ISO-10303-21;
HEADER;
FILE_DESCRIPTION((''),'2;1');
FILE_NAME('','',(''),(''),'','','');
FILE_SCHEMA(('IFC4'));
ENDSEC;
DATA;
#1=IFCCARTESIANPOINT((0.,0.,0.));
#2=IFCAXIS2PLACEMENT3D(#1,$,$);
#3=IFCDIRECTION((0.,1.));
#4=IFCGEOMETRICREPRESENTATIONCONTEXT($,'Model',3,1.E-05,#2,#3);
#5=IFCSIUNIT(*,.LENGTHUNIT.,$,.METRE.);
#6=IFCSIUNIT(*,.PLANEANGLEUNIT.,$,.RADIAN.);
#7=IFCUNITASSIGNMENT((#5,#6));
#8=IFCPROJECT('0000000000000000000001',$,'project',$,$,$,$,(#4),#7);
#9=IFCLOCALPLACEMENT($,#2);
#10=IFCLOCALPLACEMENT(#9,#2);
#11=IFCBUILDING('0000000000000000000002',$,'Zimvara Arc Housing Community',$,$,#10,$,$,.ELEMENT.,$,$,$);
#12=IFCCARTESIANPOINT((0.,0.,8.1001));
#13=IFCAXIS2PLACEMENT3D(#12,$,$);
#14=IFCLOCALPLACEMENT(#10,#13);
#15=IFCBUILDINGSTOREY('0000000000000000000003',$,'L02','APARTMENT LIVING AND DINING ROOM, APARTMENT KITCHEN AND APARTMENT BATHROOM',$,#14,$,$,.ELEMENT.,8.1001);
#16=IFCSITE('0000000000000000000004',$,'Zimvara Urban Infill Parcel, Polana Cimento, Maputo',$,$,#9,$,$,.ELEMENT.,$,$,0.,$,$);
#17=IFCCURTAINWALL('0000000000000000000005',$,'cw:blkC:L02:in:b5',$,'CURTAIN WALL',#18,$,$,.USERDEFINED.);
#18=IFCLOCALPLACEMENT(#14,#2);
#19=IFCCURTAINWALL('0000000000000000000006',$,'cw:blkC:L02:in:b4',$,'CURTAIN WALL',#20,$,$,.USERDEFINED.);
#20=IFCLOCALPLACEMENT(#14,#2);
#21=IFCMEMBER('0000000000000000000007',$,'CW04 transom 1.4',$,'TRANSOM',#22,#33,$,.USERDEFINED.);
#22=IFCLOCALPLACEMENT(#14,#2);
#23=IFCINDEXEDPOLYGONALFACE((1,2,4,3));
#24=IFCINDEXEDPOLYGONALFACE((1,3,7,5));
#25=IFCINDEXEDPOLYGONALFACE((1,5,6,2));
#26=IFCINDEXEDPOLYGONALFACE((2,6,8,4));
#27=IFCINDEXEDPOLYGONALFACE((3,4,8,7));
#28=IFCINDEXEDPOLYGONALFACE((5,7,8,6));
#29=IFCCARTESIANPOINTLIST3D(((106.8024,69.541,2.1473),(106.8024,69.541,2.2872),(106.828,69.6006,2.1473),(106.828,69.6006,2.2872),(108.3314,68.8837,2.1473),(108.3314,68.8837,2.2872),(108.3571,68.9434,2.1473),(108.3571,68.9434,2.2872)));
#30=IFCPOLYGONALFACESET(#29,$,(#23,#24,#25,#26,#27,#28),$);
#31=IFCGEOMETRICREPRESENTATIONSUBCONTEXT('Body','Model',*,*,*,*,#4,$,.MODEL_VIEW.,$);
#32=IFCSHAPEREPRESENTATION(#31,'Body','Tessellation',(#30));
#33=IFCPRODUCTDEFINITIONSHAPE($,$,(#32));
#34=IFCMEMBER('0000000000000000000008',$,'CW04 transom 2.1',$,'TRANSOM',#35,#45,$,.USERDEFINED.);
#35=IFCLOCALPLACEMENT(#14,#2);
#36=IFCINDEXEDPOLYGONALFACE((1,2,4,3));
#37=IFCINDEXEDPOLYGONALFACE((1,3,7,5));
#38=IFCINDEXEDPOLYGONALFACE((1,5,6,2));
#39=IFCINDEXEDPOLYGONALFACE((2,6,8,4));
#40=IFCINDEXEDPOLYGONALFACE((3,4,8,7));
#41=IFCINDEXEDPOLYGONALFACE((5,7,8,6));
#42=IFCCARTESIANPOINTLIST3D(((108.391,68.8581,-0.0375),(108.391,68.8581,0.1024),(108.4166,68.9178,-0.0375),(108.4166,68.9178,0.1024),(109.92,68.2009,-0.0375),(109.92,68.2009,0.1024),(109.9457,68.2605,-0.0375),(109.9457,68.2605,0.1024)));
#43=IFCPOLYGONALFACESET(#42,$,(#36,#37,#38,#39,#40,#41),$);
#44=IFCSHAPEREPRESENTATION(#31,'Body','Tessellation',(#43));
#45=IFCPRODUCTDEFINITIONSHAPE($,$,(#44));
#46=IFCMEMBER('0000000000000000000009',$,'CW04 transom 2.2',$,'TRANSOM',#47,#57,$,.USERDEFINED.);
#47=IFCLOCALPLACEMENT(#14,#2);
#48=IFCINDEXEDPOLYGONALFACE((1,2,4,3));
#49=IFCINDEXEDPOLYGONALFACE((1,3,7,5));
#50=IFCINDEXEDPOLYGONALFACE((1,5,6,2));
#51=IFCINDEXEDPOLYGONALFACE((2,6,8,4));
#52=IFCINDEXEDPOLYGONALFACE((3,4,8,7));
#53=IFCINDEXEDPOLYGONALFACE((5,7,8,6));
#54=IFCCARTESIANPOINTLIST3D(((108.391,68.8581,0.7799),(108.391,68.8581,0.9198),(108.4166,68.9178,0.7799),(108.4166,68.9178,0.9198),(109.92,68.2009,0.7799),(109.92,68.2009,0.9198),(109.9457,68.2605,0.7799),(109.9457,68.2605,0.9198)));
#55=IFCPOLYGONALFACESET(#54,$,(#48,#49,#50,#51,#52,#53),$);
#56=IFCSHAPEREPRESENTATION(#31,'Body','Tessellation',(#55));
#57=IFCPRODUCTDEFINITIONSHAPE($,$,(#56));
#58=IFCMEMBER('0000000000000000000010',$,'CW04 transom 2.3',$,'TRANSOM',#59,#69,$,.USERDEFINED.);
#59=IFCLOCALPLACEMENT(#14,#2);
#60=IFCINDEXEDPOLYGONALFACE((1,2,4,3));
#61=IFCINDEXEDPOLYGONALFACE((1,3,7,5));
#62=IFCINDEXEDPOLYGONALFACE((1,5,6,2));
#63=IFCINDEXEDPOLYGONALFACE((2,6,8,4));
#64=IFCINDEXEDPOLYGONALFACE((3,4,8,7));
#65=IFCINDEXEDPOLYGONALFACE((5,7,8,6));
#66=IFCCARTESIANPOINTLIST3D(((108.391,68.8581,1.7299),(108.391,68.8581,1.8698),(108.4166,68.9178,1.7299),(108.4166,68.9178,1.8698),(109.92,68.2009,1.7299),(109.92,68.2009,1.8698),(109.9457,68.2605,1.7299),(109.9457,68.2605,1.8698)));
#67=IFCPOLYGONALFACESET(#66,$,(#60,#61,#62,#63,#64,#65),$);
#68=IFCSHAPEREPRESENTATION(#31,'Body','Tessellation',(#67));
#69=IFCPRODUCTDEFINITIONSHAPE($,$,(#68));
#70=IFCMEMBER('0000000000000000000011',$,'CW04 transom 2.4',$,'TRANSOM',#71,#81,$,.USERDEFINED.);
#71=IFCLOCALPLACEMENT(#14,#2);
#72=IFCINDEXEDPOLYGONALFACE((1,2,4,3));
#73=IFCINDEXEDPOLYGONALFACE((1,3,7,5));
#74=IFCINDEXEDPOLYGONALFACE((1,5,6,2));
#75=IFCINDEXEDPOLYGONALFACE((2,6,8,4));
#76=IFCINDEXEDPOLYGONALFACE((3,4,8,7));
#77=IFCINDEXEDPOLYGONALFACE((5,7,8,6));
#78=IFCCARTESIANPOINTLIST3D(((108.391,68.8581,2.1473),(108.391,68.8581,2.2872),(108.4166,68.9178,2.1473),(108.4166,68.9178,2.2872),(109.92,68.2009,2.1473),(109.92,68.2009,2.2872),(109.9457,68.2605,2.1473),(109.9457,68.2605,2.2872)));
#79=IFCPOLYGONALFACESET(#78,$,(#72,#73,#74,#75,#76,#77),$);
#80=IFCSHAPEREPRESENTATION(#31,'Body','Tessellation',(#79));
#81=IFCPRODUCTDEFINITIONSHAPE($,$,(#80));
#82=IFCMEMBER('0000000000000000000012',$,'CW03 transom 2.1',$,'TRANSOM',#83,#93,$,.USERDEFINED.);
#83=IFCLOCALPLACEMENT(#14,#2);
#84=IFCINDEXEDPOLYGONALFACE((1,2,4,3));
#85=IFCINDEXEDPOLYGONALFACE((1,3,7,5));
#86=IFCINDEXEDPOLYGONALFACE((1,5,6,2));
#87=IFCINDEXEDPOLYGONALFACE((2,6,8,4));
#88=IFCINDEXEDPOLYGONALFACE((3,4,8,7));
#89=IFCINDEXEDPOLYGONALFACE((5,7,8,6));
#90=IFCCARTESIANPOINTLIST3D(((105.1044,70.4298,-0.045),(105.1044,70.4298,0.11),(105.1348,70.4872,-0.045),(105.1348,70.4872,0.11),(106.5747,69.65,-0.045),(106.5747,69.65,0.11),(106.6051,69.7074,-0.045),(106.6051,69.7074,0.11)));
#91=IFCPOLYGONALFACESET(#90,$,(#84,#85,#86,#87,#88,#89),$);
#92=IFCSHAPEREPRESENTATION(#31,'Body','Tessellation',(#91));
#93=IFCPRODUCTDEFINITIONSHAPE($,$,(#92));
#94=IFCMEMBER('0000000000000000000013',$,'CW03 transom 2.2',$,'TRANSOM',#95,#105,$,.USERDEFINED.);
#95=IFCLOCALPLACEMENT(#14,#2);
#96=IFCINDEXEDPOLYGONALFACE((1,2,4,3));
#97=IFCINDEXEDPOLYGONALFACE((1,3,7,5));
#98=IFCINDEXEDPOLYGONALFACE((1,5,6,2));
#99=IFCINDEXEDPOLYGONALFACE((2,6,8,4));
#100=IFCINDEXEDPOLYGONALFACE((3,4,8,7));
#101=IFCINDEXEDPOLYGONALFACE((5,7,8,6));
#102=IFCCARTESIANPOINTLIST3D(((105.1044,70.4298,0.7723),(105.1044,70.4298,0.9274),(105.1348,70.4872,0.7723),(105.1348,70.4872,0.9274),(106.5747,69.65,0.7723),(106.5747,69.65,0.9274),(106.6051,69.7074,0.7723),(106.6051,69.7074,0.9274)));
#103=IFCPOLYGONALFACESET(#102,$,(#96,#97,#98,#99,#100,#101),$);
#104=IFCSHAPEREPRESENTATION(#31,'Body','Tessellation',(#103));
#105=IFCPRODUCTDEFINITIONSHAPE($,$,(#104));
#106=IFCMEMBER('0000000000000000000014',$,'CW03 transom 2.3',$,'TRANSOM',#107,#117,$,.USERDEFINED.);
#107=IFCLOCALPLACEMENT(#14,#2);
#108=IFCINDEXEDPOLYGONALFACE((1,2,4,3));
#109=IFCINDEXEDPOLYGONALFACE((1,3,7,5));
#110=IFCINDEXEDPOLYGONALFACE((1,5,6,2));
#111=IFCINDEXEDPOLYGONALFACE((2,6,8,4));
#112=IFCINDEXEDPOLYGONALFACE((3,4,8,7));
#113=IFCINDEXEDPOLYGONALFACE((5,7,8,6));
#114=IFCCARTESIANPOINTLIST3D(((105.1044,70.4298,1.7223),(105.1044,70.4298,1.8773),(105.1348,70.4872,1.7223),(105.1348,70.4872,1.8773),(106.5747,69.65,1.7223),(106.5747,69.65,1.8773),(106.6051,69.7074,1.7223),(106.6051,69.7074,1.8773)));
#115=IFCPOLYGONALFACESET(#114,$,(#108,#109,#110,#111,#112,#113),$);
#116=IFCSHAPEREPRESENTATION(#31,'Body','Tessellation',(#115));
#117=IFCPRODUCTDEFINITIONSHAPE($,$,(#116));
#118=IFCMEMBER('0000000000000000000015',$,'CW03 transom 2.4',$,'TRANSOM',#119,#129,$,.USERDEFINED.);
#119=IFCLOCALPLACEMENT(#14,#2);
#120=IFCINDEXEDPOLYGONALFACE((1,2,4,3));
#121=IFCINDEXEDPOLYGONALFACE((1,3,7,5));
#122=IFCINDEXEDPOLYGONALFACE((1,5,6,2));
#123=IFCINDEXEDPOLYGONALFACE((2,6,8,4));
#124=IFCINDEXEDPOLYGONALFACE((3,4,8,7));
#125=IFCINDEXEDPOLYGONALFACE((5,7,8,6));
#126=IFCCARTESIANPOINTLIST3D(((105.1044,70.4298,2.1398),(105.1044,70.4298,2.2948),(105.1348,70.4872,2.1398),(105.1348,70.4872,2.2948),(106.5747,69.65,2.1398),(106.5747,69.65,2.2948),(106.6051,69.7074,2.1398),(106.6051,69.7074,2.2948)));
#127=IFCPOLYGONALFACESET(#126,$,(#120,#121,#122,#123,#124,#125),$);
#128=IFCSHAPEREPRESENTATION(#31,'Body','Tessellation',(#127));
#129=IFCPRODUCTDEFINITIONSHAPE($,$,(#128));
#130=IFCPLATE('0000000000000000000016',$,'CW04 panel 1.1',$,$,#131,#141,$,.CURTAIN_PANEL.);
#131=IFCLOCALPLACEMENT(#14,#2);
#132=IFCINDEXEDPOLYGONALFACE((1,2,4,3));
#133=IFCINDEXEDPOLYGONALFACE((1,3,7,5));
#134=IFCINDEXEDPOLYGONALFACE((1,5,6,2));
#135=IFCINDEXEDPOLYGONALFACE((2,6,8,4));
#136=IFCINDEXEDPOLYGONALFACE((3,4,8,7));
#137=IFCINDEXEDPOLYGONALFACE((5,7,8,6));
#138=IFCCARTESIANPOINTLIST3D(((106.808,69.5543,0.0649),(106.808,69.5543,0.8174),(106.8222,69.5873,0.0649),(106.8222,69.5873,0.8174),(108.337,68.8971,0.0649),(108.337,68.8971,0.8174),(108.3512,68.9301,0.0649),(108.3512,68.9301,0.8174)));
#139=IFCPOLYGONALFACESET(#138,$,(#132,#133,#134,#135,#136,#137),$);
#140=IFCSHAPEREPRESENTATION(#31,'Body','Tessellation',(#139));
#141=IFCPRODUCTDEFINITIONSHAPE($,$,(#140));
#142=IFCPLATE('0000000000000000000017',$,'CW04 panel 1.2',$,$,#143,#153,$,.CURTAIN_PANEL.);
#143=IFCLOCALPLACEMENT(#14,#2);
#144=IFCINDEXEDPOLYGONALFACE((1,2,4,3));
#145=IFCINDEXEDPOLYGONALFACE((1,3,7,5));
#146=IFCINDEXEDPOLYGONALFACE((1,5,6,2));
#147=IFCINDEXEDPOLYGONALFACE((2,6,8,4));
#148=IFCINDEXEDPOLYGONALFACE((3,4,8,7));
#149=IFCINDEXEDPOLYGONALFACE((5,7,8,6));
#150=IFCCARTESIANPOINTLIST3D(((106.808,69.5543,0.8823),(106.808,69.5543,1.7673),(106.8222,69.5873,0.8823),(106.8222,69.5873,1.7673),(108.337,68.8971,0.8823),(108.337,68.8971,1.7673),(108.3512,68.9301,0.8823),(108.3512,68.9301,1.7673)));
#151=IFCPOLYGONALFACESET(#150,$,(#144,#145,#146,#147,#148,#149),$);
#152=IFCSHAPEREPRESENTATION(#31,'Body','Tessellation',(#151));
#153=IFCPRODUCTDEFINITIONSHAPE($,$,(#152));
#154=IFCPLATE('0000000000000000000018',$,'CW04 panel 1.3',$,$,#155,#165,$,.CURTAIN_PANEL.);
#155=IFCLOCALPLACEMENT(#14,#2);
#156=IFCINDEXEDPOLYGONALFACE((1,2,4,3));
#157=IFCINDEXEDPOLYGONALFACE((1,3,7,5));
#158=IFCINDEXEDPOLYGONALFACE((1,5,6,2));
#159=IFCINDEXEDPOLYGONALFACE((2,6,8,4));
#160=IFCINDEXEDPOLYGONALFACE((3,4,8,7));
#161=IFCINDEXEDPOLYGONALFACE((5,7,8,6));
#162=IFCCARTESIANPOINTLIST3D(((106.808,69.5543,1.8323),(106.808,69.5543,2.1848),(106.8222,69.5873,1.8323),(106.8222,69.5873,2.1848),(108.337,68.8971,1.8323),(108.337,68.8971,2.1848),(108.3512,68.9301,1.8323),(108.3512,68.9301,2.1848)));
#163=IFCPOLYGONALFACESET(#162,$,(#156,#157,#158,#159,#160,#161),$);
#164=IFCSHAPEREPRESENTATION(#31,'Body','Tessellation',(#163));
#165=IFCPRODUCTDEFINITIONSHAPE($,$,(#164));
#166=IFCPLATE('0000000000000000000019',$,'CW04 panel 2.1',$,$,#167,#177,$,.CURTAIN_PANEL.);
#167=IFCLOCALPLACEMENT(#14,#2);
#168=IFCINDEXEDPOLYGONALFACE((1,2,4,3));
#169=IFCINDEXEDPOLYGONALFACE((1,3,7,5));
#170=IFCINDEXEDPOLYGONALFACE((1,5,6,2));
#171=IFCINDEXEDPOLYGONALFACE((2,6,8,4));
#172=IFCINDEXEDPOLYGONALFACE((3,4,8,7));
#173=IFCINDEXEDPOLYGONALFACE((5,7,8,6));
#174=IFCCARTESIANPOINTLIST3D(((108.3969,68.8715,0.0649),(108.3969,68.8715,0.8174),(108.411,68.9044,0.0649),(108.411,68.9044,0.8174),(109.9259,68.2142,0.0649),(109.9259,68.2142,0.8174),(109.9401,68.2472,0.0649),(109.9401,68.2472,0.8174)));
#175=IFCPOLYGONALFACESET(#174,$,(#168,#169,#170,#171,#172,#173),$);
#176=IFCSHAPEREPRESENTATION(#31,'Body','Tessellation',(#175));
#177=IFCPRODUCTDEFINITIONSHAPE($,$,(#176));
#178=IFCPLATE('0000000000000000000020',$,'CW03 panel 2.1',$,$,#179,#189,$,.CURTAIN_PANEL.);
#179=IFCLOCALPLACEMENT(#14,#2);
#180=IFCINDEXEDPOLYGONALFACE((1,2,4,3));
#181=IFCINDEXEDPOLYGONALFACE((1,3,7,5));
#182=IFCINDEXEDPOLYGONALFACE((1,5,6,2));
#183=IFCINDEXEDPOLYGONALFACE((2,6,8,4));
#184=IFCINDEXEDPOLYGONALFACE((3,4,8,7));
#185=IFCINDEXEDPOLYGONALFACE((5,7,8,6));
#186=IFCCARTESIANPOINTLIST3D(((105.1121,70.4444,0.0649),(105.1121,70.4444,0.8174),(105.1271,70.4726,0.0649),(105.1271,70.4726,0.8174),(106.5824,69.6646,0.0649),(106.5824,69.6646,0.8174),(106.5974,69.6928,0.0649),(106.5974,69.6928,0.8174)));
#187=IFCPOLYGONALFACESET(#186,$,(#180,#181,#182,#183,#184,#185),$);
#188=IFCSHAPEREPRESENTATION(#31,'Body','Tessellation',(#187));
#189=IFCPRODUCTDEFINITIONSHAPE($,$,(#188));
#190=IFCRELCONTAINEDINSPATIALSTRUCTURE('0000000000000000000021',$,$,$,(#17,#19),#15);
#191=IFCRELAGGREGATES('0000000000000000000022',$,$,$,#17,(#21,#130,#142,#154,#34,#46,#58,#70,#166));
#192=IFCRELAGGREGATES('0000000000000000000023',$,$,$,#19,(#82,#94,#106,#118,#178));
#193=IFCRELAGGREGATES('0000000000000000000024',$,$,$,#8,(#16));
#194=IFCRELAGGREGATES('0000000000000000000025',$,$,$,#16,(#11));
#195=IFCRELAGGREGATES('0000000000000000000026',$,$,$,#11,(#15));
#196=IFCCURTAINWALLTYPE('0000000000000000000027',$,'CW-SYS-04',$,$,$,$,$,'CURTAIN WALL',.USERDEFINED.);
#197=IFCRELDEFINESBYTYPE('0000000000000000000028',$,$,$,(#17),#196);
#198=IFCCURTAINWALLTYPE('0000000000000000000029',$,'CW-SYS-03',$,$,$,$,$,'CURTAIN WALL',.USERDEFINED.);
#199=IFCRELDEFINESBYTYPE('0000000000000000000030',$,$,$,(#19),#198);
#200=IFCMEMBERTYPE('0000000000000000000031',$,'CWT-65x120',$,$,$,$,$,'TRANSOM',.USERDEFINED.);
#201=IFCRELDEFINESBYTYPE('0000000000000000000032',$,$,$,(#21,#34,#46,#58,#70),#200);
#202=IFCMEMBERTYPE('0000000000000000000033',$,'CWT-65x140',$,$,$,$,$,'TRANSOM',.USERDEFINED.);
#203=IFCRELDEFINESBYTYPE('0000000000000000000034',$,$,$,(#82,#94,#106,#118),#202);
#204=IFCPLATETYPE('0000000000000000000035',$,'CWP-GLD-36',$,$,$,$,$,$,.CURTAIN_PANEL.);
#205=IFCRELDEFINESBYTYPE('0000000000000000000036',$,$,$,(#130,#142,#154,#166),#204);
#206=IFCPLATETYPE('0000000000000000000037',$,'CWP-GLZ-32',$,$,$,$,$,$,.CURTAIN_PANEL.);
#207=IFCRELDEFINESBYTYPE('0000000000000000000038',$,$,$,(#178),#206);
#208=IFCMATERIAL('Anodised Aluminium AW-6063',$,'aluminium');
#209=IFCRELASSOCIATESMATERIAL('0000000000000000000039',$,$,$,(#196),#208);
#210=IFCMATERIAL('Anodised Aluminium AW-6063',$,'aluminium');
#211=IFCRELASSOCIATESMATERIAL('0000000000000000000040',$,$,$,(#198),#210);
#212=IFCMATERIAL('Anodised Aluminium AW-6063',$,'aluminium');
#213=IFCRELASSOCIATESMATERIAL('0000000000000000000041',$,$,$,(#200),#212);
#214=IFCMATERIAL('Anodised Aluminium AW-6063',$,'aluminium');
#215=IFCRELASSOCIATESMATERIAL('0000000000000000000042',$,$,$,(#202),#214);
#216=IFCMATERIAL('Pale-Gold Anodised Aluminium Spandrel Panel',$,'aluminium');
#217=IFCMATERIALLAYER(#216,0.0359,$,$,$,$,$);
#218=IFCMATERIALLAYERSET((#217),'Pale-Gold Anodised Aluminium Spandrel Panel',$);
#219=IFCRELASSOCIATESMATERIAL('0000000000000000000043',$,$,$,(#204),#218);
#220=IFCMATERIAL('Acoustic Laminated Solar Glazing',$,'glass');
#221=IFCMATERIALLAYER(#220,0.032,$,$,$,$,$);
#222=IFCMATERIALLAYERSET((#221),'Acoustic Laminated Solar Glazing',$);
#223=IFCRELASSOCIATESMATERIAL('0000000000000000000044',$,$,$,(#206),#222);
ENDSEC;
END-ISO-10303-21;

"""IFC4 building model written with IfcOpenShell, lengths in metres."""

from ifc_helpers import new_model, si_unit, direction, frame, origin, origin_2d, place, context, subcontext, project, spatial, rectangle, extrude, material, layer, layer_set, material_profile, profile_set, type_object, element, aggregate, save


model = new_model("IFC4")

# Units and contexts
model_context = context("Model", 3, precision=1e-05, world=origin(), true_north=direction((0.0, 1.0)))
body_context = subcontext(model_context, "Body", "Model", "MODEL_VIEW")
ifc_project = project(units=[si_unit("LENGTHUNIT", "METRE"), si_unit("PLANEANGLEUNIT", "RADIAN")], contexts=[model_context])

# Site, building, storey
site_placement = place(None, origin())
site = spatial("IfcSite", under=ifc_project, at=site_placement, Name="Zimvara Urban Infill Parcel, Polana Cimento, Maputo", CompositionType="ELEMENT", RefElevation=0.0)
building_placement = place(site_placement, origin())
building = spatial("IfcBuilding", under=site, at=building_placement, Name="Zimvara Arc Housing Community", CompositionType="ELEMENT")
storey_placement = place(building_placement, frame((0.0, 0.0, 8.1001)))
storey = spatial("IfcBuildingStorey", under=building, at=storey_placement, Name="L02", Description="APARTMENT LIVING AND DINING ROOM, APARTMENT KITCHEN AND APARTMENT BATHROOM", CompositionType="ELEMENT", Elevation=8.1001)

# Curtain walls
ifc_material_1 = material(Name="Anodised Aluminium AW-6063", Category="aluminium")
curtain_wall_type_1 = type_object("IfcCurtainWallType", Name="CW-SYS-04", ElementType="CURTAIN WALL", PredefinedType="USERDEFINED", material=ifc_material_1)
curtain_wall_1_placement = place(storey_placement, origin())
curtain_wall_1 = element("IfcCurtainWall", 1, at=curtain_wall_1_placement, inside=storey, type_object=curtain_wall_type_1, Name="cw:blkC:L02:in:b5", ObjectType="CURTAIN WALL", PredefinedType="USERDEFINED")
ifc_material_2 = material(Name="Anodised Aluminium AW-6063", Category="aluminium")
curtain_wall_type_2 = type_object("IfcCurtainWallType", Name="CW-SYS-03", ElementType="CURTAIN WALL", PredefinedType="USERDEFINED", material=ifc_material_2)
curtain_wall_2_placement = place(storey_placement, origin())
curtain_wall_2 = element("IfcCurtainWall", 2, at=curtain_wall_2_placement, inside=storey, type_object=curtain_wall_type_2, Name="cw:blkC:L02:in:b4", ObjectType="CURTAIN WALL", PredefinedType="USERDEFINED")

# Members
ifc_material_3 = material(Name="Anodised Aluminium AW-6063", Category="aluminium")
ifc_material_profile_1 = material_profile(ifc_material_3, rectangle(XDim=0.0649, YDim=0.1399, at=origin_2d()), Name="ALU 65x140")
ifc_profile_set_1 = profile_set([ifc_material_profile_1], Name="Anodised Aluminium AW-6063")
member_type_1 = type_object("IfcMemberType", Name="CWT-65x120", ElementType="TRANSOM", PredefinedType="USERDEFINED", material=ifc_profile_set_1)
member_1_placement = place(storey_placement, frame((106.8152, 69.5708, 2.2173), z_axis=(0.918727, -0.394893, 0.0), x_axis=(0.394893, 0.918727, 0.0)))
member_1 = element("IfcMember", 3, at=member_1_placement, type_object=member_type_1, Name="CW04 transom 1.4", ObjectType="TRANSOM", PredefinedType="USERDEFINED", context=body_context, shape_type="SweptSolid", body=[
    extrude(rectangle(XDim=0.0649, YDim=0.1399, at=origin_2d()), origin(), (0.0, 0.0, 1.0), 1.6643),
])
member_2_placement = place(storey_placement, frame((108.4038, 68.8879, 0.0325), z_axis=(0.918727, -0.394893, 0.0), x_axis=(0.394893, 0.918727, 0.0)))
member_2 = element("IfcMember", 4, at=member_2_placement, type_object=member_type_1, Name="CW04 transom 2.1", ObjectType="TRANSOM", PredefinedType="USERDEFINED", context=body_context, shape_type="SweptSolid", body=[
    extrude(rectangle(XDim=0.0649, YDim=0.1399, at=origin_2d()), origin(), (0.0, 0.0, 1.0), 1.6643),
])
member_3_placement = place(storey_placement, frame((108.4038, 68.8879, 0.8499), z_axis=(0.918727, -0.394893, 0.0), x_axis=(0.394893, 0.918727, 0.0)))
member_3 = element("IfcMember", 5, at=member_3_placement, type_object=member_type_1, Name="CW04 transom 2.2", ObjectType="TRANSOM", PredefinedType="USERDEFINED", context=body_context, shape_type="SweptSolid", body=[
    extrude(rectangle(XDim=0.0649, YDim=0.1399, at=origin_2d()), origin(), (0.0, 0.0, 1.0), 1.6643),
])
member_4_placement = place(storey_placement, frame((108.4038, 68.8879, 1.7998), z_axis=(0.918727, -0.394893, 0.0), x_axis=(0.394893, 0.918727, 0.0)))
member_4 = element("IfcMember", 6, at=member_4_placement, type_object=member_type_1, Name="CW04 transom 2.3", ObjectType="TRANSOM", PredefinedType="USERDEFINED", context=body_context, shape_type="SweptSolid", body=[
    extrude(rectangle(XDim=0.0649, YDim=0.1399, at=origin_2d()), origin(), (0.0, 0.0, 1.0), 1.6643),
])
member_5_placement = place(storey_placement, frame((108.4038, 68.8879, 2.2173), z_axis=(0.918727, -0.394893, 0.0), x_axis=(0.394893, 0.918727, 0.0)))
member_5 = element("IfcMember", 7, at=member_5_placement, type_object=member_type_1, Name="CW04 transom 2.4", ObjectType="TRANSOM", PredefinedType="USERDEFINED", context=body_context, shape_type="SweptSolid", body=[
    extrude(rectangle(XDim=0.0649, YDim=0.1399, at=origin_2d()), origin(), (0.0, 0.0, 1.0), 1.6643),
])
ifc_material_4 = material(Name="Anodised Aluminium AW-6063", Category="aluminium")
ifc_material_profile_2 = material_profile(ifc_material_4, rectangle(XDim=0.0649, YDim=0.155, at=origin_2d()), Name="ALU 65x155")
ifc_profile_set_2 = profile_set([ifc_material_profile_2], Name="Anodised Aluminium AW-6063")
member_type_2 = type_object("IfcMemberType", Name="CWT-65x140", ElementType="TRANSOM", PredefinedType="USERDEFINED", material=ifc_profile_set_2)
member_6_placement = place(storey_placement, frame((105.1196, 70.4585, 0.0325), z_axis=(0.883431, -0.468562, 0.0), x_axis=(0.468562, 0.883431, 0.0)))
member_6 = element("IfcMember", 8, at=member_6_placement, type_object=member_type_2, Name="CW03 transom 2.1", ObjectType="TRANSOM", PredefinedType="USERDEFINED", context=body_context, shape_type="SweptSolid", body=[
    extrude(rectangle(XDim=0.0649, YDim=0.155, at=origin_2d()), origin(), (0.0, 0.0, 1.0), 1.6643),
])
member_7_placement = place(storey_placement, frame((105.1196, 70.4585, 0.8499), z_axis=(0.883431, -0.468562, 0.0), x_axis=(0.468562, 0.883431, 0.0)))
member_7 = element("IfcMember", 9, at=member_7_placement, type_object=member_type_2, Name="CW03 transom 2.2", ObjectType="TRANSOM", PredefinedType="USERDEFINED", context=body_context, shape_type="SweptSolid", body=[
    extrude(rectangle(XDim=0.0649, YDim=0.155, at=origin_2d()), origin(), (0.0, 0.0, 1.0), 1.6643),
])
member_8_placement = place(storey_placement, frame((105.1196, 70.4585, 1.7998), z_axis=(0.883431, -0.468562, 0.0), x_axis=(0.468562, 0.883431, 0.0)))
member_8 = element("IfcMember", 10, at=member_8_placement, type_object=member_type_2, Name="CW03 transom 2.3", ObjectType="TRANSOM", PredefinedType="USERDEFINED", context=body_context, shape_type="SweptSolid", body=[
    extrude(rectangle(XDim=0.0649, YDim=0.155, at=origin_2d()), origin(), (0.0, 0.0, 1.0), 1.6643),
])
member_9_placement = place(storey_placement, frame((105.1196, 70.4585, 2.2173), z_axis=(0.883431, -0.468562, 0.0), x_axis=(0.468562, 0.883431, 0.0)))
member_9 = element("IfcMember", 11, at=member_9_placement, type_object=member_type_2, Name="CW03 transom 2.4", ObjectType="TRANSOM", PredefinedType="USERDEFINED", context=body_context, shape_type="SweptSolid", body=[
    extrude(rectangle(XDim=0.0649, YDim=0.155, at=origin_2d()), origin(), (0.0, 0.0, 1.0), 1.6643),
])

# Plates
ifc_material_5 = material(Name="Pale-Gold Anodised Aluminium Spandrel Panel", Category="aluminium")
ifc_layer_1 = layer(ifc_material_5, 0.0359)
ifc_layer_set_1 = layer_set([ifc_layer_1], Name="Pale-Gold Anodised Aluminium Spandrel Panel")
plate_type_1 = type_object("IfcPlateType", Name="CWP-GLD-36", PredefinedType="CURTAIN_PANEL", material=ifc_layer_set_1)
plate_1_placement = place(storey_placement, frame((107.5796, 69.2422, 0.0649), z_axis=(0.0, 0.0, 1.0), x_axis=(0.918722, -0.394904, 0.0)))
plate_1 = element("IfcPlate", 12, at=plate_1_placement, type_object=plate_type_1, Name="CW04 panel 1.1", PredefinedType="CURTAIN_PANEL", context=body_context, shape_type="SweptSolid", body=[
    extrude(rectangle(XDim=1.6643, YDim=0.0359, at=origin_2d()), origin(), (0.0, 0.0, 1.0), 0.7524),
])
plate_2_placement = place(storey_placement, frame((107.5796, 69.2422, 0.8823), z_axis=(0.0, 0.0, 1.0), x_axis=(0.918722, -0.394904, 0.0)))
plate_2 = element("IfcPlate", 13, at=plate_2_placement, type_object=plate_type_1, Name="CW04 panel 1.2", PredefinedType="CURTAIN_PANEL", context=body_context, shape_type="SweptSolid", body=[
    extrude(rectangle(XDim=1.6643, YDim=0.0359, at=origin_2d()), origin(), (0.0, 0.0, 1.0), 0.885),
])
plate_3_placement = place(storey_placement, frame((107.5796, 69.2422, 1.8323), z_axis=(0.0, 0.0, 1.0), x_axis=(0.918722, -0.394904, 0.0)))
plate_3 = element("IfcPlate", 14, at=plate_3_placement, type_object=plate_type_1, Name="CW04 panel 1.3", PredefinedType="CURTAIN_PANEL", context=body_context, shape_type="SweptSolid", body=[
    extrude(rectangle(XDim=1.6643, YDim=0.0359, at=origin_2d()), origin(), (0.0, 0.0, 1.0), 0.3525),
])
plate_4_placement = place(storey_placement, frame((109.1685, 68.5593, 0.0649), z_axis=(0.0, 0.0, 1.0), x_axis=(0.918722, -0.394904, 0.0)))
plate_4 = element("IfcPlate", 15, at=plate_4_placement, type_object=plate_type_1, Name="CW04 panel 2.1", PredefinedType="CURTAIN_PANEL", context=body_context, shape_type="SweptSolid", body=[
    extrude(rectangle(XDim=1.6643, YDim=0.0359, at=origin_2d()), origin(), (0.0, 0.0, 1.0), 0.7524),
])
aggregate(curtain_wall_1, [member_1, plate_1, plate_2, plate_3, member_2, member_3, member_4, member_5, plate_4])
ifc_material_6 = material(Name="Acoustic Laminated Solar Glazing", Category="glass")
ifc_layer_2 = layer(ifc_material_6, 0.032)
ifc_layer_set_2 = layer_set([ifc_layer_2], Name="Acoustic Laminated Solar Glazing")
plate_type_2 = type_object("IfcPlateType", Name="CWP-GLZ-32", PredefinedType="CURTAIN_PANEL", material=ifc_layer_set_2)
plate_5_placement = place(storey_placement, frame((105.8547, 70.0686, 0.0649), z_axis=(0.0, 0.0, 1.0), x_axis=(0.88344, -0.468545, 0.0)))
plate_5 = element("IfcPlate", 16, at=plate_5_placement, type_object=plate_type_2, Name="CW03 panel 2.1", PredefinedType="CURTAIN_PANEL", context=body_context, shape_type="SweptSolid", body=[
    extrude(rectangle(XDim=1.6643, YDim=0.032, at=origin_2d()), origin(), (0.0, 0.0, 1.0), 0.7524),
])
aggregate(curtain_wall_2, [member_6, member_7, member_8, member_9, plate_5])

save(model, "model.ifc")
